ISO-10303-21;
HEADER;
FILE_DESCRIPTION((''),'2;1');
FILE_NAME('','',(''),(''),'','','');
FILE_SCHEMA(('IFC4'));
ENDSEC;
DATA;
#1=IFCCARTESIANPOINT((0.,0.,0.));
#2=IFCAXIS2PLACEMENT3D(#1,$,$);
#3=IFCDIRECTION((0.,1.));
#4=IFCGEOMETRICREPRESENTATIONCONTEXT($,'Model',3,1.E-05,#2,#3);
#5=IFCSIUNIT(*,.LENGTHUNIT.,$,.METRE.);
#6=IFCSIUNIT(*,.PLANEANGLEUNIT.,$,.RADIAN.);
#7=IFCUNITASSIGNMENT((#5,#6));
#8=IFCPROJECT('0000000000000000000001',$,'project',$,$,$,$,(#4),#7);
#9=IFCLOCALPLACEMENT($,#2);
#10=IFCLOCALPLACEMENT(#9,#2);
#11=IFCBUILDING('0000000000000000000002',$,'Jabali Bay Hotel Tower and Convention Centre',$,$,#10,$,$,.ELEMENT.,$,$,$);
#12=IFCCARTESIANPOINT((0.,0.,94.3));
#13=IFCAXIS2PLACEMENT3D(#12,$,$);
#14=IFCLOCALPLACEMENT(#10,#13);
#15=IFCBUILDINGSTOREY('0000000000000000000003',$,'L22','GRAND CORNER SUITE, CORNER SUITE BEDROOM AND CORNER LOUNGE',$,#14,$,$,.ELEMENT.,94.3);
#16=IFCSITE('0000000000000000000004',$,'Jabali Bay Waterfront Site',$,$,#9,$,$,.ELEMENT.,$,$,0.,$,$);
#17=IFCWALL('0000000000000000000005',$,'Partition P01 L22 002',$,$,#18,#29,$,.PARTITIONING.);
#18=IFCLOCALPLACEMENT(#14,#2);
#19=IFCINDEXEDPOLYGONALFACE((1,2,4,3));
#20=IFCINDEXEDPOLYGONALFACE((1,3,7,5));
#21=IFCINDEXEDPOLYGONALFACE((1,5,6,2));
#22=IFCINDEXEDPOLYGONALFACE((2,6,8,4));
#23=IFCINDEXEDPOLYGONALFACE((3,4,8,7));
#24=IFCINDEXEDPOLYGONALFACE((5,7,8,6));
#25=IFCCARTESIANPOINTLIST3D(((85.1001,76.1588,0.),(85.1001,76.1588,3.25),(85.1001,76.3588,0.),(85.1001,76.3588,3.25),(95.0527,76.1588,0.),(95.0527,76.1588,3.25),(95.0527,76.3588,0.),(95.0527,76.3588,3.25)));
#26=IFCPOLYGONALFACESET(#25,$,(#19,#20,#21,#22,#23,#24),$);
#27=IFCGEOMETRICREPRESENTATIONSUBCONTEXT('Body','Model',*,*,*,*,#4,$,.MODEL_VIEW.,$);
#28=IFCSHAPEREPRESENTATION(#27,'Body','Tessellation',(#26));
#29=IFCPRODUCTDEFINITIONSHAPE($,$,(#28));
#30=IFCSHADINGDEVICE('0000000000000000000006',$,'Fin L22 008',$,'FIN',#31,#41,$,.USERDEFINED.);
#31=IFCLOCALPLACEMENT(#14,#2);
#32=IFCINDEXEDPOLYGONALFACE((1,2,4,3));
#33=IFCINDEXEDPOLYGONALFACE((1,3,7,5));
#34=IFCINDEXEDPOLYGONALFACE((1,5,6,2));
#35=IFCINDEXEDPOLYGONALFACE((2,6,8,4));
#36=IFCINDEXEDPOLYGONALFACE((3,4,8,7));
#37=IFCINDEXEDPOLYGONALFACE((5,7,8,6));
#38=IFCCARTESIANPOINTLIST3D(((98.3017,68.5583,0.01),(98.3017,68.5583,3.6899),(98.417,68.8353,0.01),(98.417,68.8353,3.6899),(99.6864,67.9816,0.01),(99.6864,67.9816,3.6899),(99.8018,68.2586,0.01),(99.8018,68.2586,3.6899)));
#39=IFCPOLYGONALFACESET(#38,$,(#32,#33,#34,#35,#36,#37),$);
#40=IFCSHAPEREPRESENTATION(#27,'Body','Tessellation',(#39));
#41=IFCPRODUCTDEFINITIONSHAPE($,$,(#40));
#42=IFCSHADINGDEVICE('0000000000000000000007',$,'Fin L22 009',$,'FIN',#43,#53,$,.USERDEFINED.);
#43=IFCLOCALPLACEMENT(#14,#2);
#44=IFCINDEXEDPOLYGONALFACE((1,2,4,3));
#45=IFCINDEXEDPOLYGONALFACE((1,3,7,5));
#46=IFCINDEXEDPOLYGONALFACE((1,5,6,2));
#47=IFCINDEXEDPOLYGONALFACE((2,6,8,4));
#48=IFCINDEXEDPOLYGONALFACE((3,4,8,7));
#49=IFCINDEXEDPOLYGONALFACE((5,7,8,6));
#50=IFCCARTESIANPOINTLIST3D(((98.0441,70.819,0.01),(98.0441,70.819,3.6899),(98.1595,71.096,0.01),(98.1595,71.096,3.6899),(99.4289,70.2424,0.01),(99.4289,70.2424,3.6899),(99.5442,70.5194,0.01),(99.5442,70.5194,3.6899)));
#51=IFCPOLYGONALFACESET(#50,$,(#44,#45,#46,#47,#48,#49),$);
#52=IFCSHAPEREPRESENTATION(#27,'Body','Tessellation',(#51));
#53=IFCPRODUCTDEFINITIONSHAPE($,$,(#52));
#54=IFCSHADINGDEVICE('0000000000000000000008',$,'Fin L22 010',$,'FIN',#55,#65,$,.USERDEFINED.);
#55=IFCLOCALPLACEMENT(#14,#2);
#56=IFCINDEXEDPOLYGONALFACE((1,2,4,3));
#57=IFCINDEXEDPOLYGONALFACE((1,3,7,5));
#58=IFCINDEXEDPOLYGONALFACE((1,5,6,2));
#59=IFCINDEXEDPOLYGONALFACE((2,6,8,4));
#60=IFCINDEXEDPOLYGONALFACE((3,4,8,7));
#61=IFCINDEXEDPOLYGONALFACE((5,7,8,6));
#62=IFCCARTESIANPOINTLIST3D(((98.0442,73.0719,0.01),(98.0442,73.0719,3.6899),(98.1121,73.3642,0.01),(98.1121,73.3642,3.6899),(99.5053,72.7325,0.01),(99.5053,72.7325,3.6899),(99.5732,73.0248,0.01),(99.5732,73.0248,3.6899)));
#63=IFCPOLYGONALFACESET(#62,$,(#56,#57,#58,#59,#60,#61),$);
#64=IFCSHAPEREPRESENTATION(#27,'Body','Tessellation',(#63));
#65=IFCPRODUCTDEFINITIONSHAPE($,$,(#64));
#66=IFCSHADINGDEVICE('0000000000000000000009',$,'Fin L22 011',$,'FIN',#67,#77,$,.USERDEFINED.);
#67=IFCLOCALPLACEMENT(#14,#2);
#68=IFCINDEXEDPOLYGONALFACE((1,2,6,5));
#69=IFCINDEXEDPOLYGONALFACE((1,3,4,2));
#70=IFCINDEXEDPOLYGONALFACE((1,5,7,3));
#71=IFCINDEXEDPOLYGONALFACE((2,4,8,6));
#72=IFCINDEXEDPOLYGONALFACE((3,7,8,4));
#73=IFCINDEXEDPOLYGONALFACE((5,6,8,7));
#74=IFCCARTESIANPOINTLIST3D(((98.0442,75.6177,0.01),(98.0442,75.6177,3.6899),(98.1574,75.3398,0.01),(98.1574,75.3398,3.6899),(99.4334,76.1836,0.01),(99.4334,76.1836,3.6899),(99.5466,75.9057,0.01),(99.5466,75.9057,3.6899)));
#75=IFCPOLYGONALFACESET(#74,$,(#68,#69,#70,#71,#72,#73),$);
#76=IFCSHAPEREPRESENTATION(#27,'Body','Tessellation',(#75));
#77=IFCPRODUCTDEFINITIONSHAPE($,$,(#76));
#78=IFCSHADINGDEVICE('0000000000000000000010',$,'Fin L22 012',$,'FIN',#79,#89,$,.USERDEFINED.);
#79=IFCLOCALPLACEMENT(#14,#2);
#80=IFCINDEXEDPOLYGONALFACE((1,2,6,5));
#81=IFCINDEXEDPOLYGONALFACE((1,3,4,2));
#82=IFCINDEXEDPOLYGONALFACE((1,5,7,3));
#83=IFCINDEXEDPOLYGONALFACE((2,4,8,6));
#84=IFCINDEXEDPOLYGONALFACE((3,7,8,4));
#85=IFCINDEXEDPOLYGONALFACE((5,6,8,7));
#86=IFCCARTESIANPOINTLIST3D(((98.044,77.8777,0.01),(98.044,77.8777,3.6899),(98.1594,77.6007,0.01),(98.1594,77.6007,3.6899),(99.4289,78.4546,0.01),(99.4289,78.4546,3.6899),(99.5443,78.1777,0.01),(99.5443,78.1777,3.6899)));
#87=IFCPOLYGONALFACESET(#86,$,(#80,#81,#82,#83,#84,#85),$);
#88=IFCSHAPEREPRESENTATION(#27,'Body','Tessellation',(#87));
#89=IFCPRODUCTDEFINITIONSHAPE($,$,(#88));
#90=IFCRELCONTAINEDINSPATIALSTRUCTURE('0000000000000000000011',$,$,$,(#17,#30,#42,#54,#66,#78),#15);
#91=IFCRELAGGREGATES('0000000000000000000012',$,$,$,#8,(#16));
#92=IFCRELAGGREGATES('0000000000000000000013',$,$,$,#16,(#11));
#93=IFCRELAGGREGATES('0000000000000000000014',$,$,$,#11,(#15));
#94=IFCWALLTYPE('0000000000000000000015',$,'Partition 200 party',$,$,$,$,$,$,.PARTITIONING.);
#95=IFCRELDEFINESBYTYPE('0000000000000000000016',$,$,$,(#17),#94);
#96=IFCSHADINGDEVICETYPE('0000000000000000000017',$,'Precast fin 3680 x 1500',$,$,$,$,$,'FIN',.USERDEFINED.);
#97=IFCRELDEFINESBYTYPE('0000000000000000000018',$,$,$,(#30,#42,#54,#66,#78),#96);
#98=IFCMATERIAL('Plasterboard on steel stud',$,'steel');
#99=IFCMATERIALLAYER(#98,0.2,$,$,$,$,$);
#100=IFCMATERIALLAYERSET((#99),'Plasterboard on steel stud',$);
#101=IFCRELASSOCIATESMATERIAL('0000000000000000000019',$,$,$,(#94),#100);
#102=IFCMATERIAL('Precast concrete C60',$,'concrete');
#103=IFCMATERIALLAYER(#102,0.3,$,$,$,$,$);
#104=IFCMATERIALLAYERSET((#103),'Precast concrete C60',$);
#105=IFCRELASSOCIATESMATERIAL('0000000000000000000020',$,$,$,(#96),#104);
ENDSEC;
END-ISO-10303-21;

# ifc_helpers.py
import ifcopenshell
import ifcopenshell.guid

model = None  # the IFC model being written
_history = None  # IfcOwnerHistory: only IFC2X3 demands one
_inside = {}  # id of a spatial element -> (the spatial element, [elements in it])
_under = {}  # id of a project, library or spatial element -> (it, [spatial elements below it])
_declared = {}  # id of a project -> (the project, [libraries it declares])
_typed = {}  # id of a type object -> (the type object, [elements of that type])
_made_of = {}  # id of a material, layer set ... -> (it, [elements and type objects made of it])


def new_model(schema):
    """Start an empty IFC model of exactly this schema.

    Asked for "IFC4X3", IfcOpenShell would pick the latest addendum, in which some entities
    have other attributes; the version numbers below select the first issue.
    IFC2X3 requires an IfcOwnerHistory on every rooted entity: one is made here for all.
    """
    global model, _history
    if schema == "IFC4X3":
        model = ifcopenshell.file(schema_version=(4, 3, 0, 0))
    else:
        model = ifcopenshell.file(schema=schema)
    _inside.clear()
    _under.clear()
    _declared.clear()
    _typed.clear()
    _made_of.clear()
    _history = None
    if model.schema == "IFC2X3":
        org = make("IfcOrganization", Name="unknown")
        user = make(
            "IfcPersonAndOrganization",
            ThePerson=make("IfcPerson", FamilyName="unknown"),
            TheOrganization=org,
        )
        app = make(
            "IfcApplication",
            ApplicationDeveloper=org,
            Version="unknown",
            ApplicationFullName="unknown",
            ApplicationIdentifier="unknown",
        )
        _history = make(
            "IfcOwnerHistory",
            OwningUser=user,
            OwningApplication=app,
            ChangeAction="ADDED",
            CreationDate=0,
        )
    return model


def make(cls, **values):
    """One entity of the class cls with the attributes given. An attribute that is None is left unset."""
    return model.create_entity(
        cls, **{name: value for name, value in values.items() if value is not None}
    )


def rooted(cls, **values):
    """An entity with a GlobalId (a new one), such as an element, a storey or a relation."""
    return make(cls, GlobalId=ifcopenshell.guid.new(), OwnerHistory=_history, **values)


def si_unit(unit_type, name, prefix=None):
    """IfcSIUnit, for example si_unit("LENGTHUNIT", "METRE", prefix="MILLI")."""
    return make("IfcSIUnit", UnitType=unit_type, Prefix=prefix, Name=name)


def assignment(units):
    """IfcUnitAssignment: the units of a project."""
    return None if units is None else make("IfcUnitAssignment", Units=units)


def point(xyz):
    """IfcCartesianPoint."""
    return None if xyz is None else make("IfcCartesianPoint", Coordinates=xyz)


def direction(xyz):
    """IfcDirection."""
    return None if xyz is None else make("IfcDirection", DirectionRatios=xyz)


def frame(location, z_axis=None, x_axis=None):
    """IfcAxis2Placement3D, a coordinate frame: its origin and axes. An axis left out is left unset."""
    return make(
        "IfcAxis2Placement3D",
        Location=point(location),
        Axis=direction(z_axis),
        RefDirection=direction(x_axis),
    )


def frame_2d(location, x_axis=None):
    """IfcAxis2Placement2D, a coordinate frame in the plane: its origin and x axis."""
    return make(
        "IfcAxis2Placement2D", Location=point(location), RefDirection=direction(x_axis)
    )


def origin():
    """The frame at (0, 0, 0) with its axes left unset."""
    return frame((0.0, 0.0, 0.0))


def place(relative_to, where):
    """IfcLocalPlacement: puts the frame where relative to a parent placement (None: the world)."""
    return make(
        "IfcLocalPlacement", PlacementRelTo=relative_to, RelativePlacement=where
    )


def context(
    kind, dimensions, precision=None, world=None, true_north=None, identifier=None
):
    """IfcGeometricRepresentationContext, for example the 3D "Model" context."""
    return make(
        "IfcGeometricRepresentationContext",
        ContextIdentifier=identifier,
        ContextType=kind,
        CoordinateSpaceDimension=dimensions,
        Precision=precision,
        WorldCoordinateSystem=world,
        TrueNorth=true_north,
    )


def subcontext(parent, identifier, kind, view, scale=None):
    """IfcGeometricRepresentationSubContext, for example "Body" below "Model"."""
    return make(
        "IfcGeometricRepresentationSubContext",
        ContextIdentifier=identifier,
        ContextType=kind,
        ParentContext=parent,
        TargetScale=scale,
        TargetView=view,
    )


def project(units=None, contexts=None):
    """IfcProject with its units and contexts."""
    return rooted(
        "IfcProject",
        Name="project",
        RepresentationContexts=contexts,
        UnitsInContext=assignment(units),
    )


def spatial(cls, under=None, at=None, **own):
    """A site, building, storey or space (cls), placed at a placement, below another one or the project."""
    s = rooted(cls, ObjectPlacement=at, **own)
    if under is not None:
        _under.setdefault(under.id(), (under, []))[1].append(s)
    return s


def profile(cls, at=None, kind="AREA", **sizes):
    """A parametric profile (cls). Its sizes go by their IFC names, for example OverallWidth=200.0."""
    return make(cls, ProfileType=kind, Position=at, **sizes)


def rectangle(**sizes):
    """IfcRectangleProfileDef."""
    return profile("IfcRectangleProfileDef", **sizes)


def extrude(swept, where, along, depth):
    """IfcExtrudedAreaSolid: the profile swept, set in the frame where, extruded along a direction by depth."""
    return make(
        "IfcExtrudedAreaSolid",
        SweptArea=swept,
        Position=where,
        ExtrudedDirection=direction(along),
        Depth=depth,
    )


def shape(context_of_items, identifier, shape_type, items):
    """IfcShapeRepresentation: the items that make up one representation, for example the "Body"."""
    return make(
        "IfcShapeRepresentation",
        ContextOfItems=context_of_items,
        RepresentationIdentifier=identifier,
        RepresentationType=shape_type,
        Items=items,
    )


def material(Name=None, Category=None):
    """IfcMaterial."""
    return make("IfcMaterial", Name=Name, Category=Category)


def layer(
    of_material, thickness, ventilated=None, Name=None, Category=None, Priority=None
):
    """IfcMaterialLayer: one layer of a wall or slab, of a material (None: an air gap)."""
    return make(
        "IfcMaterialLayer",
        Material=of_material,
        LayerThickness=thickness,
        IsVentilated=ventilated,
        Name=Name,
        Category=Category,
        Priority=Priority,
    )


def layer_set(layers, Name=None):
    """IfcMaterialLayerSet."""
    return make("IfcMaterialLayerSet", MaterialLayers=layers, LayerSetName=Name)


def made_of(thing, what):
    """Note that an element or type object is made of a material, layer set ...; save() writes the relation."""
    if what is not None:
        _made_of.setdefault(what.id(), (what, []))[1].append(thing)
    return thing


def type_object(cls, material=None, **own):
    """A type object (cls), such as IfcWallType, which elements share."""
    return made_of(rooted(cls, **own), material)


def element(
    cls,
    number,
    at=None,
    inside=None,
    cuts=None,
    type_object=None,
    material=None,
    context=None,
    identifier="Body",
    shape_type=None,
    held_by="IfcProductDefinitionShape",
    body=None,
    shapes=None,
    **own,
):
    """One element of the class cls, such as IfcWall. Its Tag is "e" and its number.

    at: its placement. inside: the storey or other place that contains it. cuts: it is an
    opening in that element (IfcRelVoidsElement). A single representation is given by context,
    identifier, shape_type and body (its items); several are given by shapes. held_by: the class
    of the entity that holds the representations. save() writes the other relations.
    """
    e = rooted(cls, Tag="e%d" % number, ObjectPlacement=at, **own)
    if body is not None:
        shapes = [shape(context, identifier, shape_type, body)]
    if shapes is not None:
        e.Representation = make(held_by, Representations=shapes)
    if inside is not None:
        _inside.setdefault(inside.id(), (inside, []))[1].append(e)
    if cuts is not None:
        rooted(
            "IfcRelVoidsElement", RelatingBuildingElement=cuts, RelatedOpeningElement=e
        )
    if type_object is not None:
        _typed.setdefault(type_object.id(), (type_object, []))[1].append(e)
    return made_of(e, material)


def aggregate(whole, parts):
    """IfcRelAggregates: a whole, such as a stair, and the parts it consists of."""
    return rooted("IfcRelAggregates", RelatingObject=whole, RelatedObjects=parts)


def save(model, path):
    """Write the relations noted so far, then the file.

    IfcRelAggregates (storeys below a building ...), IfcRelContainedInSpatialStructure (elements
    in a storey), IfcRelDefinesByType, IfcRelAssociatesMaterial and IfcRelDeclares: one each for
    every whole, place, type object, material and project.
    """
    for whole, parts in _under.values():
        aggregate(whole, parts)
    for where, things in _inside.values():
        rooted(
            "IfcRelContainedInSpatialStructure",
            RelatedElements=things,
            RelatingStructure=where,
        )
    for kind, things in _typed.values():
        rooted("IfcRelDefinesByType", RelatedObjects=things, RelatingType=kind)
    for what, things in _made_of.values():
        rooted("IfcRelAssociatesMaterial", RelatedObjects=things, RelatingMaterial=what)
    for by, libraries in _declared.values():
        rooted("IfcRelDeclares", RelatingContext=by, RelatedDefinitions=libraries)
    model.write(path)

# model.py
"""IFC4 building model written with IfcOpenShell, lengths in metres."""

from ifc_helpers import new_model, si_unit, direction, frame, frame_2d, origin, place, context, subcontext, project, spatial, rectangle, extrude, material, layer, layer_set, type_object, element, save


model = new_model("IFC4")

# Units and contexts
model_context = context("Model", 3, precision=1e-05, world=origin(), true_north=direction((0.0, 1.0)))
body_context = subcontext(model_context, "Body", "Model", "MODEL_VIEW")
ifc_project = project(units=[si_unit("LENGTHUNIT", "METRE"), si_unit("PLANEANGLEUNIT", "RADIAN")], contexts=[model_context])

# Site, building, storey
site_placement = place(None, origin())
site = spatial("IfcSite", under=ifc_project, at=site_placement, Name="Jabali Bay Waterfront Site", CompositionType="ELEMENT", RefElevation=0.0)
building_placement = place(site_placement, origin())
building = spatial("IfcBuilding", under=site, at=building_placement, Name="Jabali Bay Hotel Tower and Convention Centre", CompositionType="ELEMENT")
storey_placement = place(building_placement, frame((0.0, 0.0, 94.3)))
storey = spatial("IfcBuildingStorey", under=building, at=storey_placement, Name="L22", Description="GRAND CORNER SUITE, CORNER SUITE BEDROOM AND CORNER LOUNGE", CompositionType="ELEMENT", Elevation=94.3)

# Shared definitions
ifc_material_1 = material(Name="Plasterboard on steel stud", Category="steel")

# Wall
ifc_layer_1 = layer(ifc_material_1, 0.2)
ifc_layer_set_1 = layer_set([ifc_layer_1], Name="Plasterboard on steel stud")
wall_type_1 = type_object("IfcWallType", Name="Partition 200 party", PredefinedType="PARTITIONING", material=ifc_layer_set_1)
wall_1_placement = place(storey_placement, frame((95.0527, 76.2588, 0.0), z_axis=(0.0, 0.0, 1.0), x_axis=(-1.0, 0.0, 0.0)))
element("IfcWall", 1, at=wall_1_placement, inside=storey, type_object=wall_type_1, Name="Partition P01 L22 002", PredefinedType="PARTITIONING", context=body_context, shape_type="SweptSolid", body=[
    extrude(rectangle(XDim=9.9526, YDim=0.2, at=frame_2d((4.9763, 0.0))), origin(), (0.0, 0.0, 1.0), 3.25),
])

# Shading devices
ifc_material_2 = material(Name="Precast concrete C60", Category="concrete")
ifc_layer_2 = layer(ifc_material_2, 0.3)
ifc_layer_set_2 = layer_set([ifc_layer_2], Name="Precast concrete C60")
shading_device_type = type_object("IfcShadingDeviceType", Name="Precast fin 3680 x 1500", ElementType="FIN", PredefinedType="USERDEFINED", material=ifc_layer_set_2)
for number, where, z_axis, x_axis, name in (
    (2, (98.3594, 68.6968, 0.01), (0.0, 0.0, 1.0), (0.923154, -0.38443, 0.0), "Fin L22 008"),
    (3, (98.1018, 70.9575, 0.01), (0.0, 0.0, 1.0), (0.923154, -0.38443, 0.0), "Fin L22 009"),
    (4, (98.0781, 73.218, 0.01), (0.0, 0.0, 1.0), (0.974075, -0.226226, 0.0), "Fin L22 010"),
    (5, (98.1008, 75.4788, 0.01), (0.0, 0.0, 1.0), (0.926101, 0.377276, 0.0), "Fin L22 011"),
):
    element("IfcShadingDevice", number, at=place(storey_placement, frame(where, z_axis=z_axis, x_axis=x_axis)), inside=storey, type_object=shading_device_type, Name=name, ObjectType="FIN", PredefinedType="USERDEFINED", context=body_context, shape_type="SweptSolid", body=[
        extrude(rectangle(XDim=1.5, YDim=0.3, at=frame_2d((0.75, 0.0))), origin(), (0.0, 0.0, 1.0), 3.6799),
    ])
shading_device_placement = place(storey_placement, frame((98.1018, 77.7393, 0.01), z_axis=(0.0, 0.0, 1.0), x_axis=(0.923096, 0.384569, 0.0)))
element("IfcShadingDevice", 6, at=shading_device_placement, inside=storey, type_object=shading_device_type, Name="Fin L22 012", ObjectType="FIN", PredefinedType="USERDEFINED", context=body_context, shape_type="SweptSolid", body=[
    extrude(rectangle(XDim=1.5002, YDim=0.3, at=frame_2d((0.75, 0.0))), origin(), (0.0, 0.0, 1.0), 3.6799),
])

save(model, "model.ifc")
